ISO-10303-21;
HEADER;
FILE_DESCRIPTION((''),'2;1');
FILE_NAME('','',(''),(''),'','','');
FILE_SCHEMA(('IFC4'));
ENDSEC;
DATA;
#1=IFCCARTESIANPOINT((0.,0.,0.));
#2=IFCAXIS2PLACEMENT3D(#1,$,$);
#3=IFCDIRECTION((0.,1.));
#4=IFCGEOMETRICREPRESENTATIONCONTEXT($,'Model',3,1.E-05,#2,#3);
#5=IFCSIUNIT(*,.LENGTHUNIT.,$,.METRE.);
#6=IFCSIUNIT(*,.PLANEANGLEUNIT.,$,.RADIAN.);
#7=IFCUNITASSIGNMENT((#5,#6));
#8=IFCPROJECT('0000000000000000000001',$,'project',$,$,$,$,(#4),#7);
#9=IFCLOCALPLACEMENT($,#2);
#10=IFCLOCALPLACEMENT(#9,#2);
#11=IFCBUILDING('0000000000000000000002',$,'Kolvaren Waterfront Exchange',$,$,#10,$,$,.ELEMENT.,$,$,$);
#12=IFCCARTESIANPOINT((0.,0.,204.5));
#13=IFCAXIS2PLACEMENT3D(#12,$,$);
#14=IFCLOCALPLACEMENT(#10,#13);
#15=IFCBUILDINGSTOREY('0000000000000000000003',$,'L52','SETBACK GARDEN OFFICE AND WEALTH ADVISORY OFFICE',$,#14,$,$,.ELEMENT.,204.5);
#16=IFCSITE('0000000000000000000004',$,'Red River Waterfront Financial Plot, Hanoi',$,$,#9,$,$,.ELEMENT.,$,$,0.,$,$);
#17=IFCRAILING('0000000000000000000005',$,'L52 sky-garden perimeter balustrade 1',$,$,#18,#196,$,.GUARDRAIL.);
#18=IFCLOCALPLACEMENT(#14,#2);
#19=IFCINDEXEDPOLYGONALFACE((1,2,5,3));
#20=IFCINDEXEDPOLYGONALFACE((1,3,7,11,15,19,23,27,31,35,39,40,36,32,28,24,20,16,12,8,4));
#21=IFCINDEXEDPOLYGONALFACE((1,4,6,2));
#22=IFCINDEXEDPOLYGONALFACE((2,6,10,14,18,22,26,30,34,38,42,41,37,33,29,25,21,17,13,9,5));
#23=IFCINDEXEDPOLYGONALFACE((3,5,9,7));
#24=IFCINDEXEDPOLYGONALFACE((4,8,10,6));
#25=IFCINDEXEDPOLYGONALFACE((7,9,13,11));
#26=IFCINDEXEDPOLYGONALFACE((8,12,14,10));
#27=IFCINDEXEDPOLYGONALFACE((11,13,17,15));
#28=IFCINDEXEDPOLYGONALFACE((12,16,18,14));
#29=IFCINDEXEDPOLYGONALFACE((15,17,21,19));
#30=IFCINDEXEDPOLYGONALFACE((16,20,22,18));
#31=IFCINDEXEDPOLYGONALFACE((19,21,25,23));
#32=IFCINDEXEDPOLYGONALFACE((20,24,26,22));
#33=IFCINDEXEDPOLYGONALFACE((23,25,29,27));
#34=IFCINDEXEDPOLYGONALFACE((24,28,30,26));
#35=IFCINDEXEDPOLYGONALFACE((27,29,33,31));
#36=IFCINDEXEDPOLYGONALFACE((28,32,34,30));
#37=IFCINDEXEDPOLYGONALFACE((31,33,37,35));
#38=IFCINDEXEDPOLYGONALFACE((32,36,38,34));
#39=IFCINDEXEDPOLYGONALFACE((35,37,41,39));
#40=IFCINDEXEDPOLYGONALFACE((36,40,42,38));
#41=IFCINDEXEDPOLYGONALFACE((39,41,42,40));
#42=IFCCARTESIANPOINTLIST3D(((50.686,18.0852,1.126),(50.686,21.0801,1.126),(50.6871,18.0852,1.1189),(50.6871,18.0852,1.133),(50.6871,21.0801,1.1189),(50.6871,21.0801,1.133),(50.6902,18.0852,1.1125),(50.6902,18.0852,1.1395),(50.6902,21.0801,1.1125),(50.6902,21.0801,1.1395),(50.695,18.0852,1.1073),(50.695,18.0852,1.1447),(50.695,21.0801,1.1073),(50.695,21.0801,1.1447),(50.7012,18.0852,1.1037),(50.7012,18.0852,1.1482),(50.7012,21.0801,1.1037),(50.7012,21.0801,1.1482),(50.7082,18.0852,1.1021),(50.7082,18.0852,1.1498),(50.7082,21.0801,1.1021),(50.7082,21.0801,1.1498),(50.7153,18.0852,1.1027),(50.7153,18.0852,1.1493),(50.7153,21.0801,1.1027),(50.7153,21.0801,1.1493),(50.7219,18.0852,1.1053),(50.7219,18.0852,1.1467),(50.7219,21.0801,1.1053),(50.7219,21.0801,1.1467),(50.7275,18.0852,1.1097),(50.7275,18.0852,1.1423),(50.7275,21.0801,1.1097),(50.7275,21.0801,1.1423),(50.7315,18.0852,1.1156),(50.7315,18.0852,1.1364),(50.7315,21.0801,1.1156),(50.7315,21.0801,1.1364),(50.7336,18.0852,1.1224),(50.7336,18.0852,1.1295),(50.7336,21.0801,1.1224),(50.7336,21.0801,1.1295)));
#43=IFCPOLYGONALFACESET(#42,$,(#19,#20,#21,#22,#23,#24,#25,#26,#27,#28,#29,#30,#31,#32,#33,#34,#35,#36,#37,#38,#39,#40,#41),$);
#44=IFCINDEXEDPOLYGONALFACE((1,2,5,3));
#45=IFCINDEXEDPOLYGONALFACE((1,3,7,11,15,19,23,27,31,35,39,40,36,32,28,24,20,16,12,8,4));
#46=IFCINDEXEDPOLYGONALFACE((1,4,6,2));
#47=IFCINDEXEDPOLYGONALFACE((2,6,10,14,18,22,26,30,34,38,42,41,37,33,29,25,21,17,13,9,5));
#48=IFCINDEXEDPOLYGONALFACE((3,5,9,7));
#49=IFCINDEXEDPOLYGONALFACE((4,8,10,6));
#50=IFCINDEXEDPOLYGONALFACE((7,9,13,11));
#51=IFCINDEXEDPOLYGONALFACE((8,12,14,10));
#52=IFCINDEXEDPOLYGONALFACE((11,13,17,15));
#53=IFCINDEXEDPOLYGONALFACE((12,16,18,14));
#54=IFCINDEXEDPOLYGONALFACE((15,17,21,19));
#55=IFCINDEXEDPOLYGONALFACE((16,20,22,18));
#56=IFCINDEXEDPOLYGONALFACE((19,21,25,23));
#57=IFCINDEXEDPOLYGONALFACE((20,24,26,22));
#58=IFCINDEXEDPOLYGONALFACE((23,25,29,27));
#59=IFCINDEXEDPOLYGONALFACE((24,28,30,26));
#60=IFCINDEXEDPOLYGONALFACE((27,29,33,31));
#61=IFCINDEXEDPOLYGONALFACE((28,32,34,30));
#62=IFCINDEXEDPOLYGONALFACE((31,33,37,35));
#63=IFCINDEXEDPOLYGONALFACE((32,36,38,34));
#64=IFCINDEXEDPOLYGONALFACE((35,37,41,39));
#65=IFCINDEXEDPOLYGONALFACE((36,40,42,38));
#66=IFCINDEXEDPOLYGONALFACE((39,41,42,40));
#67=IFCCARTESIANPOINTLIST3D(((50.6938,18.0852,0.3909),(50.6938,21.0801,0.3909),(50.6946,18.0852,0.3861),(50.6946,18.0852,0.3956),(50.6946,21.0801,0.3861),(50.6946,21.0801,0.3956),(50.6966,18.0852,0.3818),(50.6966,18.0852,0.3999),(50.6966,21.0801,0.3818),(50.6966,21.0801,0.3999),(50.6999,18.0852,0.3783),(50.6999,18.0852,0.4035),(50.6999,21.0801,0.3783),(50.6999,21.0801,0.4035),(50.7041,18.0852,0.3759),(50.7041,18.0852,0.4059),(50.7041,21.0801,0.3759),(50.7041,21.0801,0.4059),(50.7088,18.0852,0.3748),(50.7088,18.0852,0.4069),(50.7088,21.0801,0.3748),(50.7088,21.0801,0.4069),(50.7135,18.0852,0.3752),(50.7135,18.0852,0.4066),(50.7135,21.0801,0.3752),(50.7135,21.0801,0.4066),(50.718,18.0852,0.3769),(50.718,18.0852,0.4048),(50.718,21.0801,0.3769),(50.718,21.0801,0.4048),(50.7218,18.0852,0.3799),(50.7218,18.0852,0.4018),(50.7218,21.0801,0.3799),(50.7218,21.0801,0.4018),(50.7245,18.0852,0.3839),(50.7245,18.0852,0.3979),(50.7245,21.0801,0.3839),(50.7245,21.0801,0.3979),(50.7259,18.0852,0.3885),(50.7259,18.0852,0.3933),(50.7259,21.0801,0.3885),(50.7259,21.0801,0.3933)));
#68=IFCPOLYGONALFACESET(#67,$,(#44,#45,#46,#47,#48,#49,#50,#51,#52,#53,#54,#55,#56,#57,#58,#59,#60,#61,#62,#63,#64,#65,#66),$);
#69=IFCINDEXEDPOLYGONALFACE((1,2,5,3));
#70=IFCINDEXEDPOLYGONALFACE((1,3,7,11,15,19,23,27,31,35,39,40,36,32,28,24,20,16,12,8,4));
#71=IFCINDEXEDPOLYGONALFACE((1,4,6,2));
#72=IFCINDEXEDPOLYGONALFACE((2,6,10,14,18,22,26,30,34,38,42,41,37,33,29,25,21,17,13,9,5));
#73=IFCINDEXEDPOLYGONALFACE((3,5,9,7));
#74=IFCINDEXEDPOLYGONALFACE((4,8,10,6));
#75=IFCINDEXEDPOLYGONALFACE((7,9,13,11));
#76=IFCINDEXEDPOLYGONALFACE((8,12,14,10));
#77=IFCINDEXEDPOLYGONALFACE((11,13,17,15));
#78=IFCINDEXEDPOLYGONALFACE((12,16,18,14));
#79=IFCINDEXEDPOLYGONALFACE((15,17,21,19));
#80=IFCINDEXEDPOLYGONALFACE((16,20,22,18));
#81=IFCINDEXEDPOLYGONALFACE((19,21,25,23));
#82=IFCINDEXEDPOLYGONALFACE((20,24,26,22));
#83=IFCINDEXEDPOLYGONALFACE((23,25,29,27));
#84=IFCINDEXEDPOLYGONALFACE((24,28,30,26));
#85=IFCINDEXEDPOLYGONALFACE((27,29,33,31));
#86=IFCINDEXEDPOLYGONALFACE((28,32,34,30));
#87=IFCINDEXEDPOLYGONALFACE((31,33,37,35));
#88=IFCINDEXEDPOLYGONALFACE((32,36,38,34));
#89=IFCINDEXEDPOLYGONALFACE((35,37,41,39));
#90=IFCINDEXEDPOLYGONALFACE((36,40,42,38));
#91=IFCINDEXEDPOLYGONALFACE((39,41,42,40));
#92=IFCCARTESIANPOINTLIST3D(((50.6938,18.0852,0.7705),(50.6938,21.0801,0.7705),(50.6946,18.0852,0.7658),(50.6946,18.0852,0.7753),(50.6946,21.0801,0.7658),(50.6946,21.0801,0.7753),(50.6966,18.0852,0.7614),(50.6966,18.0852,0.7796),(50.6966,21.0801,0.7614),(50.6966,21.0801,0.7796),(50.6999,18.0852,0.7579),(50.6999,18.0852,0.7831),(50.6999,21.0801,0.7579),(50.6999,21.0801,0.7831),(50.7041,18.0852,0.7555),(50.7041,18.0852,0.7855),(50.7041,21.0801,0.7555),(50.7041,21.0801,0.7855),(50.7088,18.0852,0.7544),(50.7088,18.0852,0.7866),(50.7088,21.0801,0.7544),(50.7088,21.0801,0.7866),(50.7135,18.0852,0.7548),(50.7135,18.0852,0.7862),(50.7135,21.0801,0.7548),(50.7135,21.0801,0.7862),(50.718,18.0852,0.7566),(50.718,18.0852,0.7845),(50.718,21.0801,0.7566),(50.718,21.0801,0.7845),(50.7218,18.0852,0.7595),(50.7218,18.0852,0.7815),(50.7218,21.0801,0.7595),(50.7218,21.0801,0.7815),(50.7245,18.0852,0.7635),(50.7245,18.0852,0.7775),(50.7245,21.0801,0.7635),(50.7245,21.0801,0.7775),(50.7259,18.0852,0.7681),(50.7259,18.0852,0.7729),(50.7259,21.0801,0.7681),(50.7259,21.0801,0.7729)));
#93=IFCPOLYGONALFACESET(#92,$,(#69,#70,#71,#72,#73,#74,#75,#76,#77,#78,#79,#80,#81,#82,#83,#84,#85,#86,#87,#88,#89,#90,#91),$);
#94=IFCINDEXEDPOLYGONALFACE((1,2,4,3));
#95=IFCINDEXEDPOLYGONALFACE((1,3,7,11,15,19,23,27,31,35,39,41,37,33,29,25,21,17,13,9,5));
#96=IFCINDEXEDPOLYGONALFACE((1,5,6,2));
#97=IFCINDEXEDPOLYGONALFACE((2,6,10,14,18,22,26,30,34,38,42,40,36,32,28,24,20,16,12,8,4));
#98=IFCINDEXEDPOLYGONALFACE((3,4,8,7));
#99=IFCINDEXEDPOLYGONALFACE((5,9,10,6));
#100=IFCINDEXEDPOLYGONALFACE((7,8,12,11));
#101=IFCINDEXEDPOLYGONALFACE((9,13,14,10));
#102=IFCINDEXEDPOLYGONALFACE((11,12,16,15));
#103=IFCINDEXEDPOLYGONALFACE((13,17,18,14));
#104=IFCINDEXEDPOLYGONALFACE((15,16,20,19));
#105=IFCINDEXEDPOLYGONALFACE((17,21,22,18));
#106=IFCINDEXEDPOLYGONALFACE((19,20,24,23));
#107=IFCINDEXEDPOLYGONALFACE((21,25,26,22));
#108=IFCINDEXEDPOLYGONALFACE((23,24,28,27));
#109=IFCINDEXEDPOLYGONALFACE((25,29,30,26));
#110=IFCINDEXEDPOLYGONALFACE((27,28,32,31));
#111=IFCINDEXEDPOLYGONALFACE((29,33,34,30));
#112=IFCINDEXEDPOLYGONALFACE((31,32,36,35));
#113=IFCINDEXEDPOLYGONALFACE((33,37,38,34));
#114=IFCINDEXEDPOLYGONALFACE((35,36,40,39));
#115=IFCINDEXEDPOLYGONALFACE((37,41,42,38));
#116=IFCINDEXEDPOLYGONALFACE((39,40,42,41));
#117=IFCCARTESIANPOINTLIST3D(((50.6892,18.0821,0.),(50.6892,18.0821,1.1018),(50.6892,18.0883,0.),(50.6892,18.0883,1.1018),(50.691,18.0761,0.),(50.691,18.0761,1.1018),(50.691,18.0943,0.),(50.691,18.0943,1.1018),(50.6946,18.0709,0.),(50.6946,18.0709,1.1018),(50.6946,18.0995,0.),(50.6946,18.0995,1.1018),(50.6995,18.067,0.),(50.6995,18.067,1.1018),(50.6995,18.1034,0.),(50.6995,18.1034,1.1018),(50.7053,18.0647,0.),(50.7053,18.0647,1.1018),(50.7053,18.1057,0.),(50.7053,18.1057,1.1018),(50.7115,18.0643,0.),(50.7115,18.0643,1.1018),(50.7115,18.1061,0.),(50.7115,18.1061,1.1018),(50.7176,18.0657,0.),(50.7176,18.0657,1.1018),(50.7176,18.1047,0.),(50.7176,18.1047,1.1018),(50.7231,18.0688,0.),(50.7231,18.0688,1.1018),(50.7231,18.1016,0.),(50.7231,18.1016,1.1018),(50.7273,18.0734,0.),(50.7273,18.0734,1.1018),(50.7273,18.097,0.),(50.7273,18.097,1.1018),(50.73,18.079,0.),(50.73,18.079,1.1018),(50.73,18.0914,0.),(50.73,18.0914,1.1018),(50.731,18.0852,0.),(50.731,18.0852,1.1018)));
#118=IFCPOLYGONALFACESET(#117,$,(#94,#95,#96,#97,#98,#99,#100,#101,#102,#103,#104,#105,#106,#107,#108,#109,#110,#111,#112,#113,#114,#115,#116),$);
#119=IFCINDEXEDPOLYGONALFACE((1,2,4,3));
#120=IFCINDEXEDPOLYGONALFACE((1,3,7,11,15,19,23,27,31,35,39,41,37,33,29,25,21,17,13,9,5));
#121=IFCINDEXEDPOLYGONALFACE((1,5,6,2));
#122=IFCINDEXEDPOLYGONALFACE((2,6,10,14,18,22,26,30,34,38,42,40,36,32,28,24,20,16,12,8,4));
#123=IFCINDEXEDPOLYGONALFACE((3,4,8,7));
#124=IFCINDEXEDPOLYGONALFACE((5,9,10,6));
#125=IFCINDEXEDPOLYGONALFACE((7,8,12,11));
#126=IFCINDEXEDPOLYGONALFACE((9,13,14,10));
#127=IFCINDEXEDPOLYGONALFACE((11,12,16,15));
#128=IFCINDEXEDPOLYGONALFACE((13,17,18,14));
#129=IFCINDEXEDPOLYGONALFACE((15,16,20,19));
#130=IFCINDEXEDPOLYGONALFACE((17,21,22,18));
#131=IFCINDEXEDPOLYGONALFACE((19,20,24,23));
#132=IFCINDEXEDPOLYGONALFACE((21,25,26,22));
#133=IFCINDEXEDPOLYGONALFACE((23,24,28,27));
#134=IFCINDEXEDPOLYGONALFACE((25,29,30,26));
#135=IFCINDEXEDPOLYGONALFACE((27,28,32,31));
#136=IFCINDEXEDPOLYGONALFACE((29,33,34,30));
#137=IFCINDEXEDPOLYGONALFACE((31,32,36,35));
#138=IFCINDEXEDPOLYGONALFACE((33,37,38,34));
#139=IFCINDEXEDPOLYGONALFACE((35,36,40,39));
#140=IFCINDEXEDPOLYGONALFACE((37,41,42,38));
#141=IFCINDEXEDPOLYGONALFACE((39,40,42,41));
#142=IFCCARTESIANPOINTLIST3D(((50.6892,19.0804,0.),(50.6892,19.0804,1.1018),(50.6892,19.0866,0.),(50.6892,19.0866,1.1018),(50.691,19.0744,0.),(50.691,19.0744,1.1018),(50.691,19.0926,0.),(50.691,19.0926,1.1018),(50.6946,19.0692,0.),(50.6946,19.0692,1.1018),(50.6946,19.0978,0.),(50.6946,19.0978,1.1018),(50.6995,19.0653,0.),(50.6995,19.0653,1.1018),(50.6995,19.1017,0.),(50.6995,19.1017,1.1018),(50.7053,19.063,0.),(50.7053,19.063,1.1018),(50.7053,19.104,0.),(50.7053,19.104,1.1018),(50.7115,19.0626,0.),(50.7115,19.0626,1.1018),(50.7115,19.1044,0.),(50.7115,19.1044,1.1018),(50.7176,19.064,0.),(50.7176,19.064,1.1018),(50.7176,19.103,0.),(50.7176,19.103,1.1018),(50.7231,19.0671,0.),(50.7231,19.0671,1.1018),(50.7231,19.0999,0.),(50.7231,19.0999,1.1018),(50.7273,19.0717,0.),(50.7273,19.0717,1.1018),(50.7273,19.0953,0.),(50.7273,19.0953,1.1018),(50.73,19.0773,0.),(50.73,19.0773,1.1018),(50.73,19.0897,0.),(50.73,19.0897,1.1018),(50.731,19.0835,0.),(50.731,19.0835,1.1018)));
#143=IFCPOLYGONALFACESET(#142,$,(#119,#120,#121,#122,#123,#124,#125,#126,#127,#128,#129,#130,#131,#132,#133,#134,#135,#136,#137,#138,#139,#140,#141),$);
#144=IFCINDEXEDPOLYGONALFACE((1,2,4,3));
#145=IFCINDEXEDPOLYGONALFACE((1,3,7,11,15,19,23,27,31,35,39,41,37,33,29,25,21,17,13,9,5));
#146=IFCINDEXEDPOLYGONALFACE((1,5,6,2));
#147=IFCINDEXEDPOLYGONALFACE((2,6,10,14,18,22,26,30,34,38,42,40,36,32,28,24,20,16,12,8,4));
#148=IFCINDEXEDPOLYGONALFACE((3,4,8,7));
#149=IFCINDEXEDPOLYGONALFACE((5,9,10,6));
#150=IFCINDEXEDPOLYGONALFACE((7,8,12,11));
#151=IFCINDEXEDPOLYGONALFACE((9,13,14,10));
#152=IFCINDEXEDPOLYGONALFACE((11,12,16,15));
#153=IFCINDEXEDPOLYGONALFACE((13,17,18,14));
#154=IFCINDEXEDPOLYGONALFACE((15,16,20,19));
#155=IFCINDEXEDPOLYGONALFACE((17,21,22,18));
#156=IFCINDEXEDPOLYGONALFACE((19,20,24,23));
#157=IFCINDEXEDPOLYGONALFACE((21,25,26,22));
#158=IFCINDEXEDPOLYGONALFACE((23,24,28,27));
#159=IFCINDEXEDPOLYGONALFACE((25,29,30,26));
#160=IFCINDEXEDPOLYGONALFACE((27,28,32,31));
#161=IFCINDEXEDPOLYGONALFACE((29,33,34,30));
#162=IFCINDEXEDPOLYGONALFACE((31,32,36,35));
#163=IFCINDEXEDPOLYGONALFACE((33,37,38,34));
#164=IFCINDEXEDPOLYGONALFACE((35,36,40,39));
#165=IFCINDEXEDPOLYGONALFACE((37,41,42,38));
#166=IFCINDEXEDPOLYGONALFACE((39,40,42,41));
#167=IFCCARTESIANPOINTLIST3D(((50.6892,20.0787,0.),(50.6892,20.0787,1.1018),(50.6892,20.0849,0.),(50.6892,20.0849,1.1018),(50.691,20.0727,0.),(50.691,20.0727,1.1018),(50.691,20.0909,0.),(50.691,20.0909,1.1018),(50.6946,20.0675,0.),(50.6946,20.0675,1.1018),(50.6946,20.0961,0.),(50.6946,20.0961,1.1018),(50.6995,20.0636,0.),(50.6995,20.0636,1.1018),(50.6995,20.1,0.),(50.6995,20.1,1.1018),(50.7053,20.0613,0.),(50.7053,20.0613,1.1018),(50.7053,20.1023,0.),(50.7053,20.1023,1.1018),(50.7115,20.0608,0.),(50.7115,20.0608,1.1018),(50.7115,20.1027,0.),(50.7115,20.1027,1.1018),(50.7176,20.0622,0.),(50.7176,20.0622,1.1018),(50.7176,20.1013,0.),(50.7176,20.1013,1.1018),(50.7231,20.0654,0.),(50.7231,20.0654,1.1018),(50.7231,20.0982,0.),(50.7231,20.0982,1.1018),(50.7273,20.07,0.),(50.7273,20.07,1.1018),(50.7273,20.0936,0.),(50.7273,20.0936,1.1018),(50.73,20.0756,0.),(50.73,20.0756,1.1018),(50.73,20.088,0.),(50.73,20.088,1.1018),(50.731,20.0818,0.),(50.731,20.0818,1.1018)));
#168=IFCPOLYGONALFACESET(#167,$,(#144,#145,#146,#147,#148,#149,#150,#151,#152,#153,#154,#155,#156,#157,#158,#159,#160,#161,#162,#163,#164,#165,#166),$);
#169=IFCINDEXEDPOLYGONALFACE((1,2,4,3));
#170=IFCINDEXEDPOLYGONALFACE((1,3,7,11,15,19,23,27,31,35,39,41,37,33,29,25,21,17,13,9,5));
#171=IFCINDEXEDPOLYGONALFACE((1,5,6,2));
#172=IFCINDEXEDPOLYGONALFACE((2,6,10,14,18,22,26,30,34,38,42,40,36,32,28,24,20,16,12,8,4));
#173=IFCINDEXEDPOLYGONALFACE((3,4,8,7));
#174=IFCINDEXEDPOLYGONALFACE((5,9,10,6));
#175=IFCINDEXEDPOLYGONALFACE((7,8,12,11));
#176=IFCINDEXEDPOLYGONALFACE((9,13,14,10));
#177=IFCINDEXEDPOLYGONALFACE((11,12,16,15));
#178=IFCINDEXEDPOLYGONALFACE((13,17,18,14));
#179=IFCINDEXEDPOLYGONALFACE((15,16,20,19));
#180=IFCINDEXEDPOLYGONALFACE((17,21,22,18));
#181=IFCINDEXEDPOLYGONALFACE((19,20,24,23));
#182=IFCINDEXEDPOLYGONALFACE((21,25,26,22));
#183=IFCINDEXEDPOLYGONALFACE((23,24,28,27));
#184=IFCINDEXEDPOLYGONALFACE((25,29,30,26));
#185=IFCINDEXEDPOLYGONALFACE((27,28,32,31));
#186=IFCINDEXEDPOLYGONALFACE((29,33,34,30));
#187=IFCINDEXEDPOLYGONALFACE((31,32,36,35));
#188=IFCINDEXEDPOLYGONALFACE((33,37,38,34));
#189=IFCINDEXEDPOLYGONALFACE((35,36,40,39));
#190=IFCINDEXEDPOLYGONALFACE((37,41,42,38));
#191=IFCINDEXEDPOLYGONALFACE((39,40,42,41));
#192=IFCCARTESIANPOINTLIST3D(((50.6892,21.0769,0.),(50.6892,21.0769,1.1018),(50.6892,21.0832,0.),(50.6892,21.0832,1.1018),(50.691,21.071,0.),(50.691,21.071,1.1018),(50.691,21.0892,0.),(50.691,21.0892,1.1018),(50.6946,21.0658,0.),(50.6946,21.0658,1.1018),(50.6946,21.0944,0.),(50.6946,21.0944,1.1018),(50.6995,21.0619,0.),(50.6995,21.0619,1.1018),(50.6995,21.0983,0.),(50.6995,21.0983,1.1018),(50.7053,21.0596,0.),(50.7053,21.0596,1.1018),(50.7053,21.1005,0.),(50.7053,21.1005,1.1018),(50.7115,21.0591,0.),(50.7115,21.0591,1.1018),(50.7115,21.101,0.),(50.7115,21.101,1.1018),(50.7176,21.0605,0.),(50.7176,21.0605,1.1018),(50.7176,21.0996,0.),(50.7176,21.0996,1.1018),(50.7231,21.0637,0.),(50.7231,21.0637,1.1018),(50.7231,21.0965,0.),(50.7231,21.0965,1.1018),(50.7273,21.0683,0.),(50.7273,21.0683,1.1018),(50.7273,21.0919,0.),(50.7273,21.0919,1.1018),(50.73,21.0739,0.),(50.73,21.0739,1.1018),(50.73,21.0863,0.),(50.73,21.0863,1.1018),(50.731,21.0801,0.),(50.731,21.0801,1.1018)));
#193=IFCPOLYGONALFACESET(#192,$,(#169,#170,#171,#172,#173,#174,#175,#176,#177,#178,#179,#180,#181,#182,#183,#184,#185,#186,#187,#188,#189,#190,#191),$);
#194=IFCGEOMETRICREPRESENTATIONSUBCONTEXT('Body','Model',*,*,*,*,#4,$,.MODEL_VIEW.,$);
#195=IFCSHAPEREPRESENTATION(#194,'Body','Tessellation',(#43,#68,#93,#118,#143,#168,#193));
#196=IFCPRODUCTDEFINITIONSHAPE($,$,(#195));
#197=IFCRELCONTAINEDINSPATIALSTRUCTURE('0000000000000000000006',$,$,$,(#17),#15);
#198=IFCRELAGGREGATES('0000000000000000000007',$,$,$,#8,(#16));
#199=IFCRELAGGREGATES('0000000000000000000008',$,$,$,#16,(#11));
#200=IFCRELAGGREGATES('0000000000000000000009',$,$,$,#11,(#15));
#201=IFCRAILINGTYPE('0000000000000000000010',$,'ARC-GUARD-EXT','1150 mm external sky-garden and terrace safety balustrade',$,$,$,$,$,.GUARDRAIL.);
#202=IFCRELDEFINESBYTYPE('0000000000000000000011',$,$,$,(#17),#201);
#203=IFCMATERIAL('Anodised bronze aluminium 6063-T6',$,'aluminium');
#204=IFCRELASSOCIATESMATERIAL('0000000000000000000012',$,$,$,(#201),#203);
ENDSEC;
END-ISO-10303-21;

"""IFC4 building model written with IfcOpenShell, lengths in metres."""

from ifc_helpers import new_model, si_unit, direction, frame, origin, origin_2d, place, context, subcontext, project, spatial, circle, extrude, material, type_object, element, save


model = new_model("IFC4")

# Units and contexts
model_context = context("Model", 3, precision=1e-05, world=origin(), true_north=direction((0.0, 1.0)))
body_context = subcontext(model_context, "Body", "Model", "MODEL_VIEW")
ifc_project = project(units=[si_unit("LENGTHUNIT", "METRE"), si_unit("PLANEANGLEUNIT", "RADIAN")], contexts=[model_context])

# Site, building, storey
site_placement = place(None, origin())
site = spatial("IfcSite", under=ifc_project, at=site_placement, Name="Red River Waterfront Financial Plot, Hanoi", CompositionType="ELEMENT", RefElevation=0.0)
building_placement = place(site_placement, origin())
building = spatial("IfcBuilding", under=site, at=building_placement, Name="Kolvaren Waterfront Exchange", CompositionType="ELEMENT")
storey_placement = place(building_placement, frame((0.0, 0.0, 204.5)))
storey = spatial("IfcBuildingStorey", under=building, at=storey_placement, Name="L52", Description="SETBACK GARDEN OFFICE AND WEALTH ADVISORY OFFICE", CompositionType="ELEMENT", Elevation=204.5)

# Shared definitions
ifc_material_1 = material(Name="Anodised bronze aluminium 6063-T6", Category="aluminium")

# Railing
railing_type = type_object("IfcRailingType", Name="ARC-GUARD-EXT", Description="1150 mm external sky-garden and terrace safety balustrade", PredefinedType="GUARDRAIL", material=ifc_material_1)
railing_1_placement = place(storey_placement, frame((50.71, 18.0852, 0.0)))
element("IfcRailing", 1, at=railing_1_placement, inside=storey, type_object=railing_type, Name="L52 sky-garden perimeter balustrade 1", PredefinedType="GUARDRAIL", context=body_context, shape_type="SweptSolid", body=[
    extrude(circle(Radius=0.0239, at=origin_2d()), frame((0.0, 0.0, 1.126), z_axis=(0.0, 1.0, 0.0), x_axis=(-1.0, 0.0, 0.0)), (0.0, 0.0, 1.0), 2.9949),
    extrude(circle(Radius=0.0161, at=origin_2d()), frame((0.0, 0.0, 0.3909), z_axis=(0.0, 1.0, 0.0), x_axis=(-1.0, 0.0, 0.0)), (0.0, 0.0, 1.0), 2.9949),
    extrude(circle(Radius=0.0161, at=origin_2d()), frame((0.0, 0.0, 0.7705), z_axis=(0.0, 1.0, 0.0), x_axis=(-1.0, 0.0, 0.0)), (0.0, 0.0, 1.0), 2.9949),
    extrude(circle(Radius=0.021, at=origin_2d()), origin(), (0.0, 0.0, 1.0), 1.1018),
    extrude(circle(Radius=0.021, at=origin_2d()), frame((0.0, 0.9983, 0.0)), (0.0, 0.0, 1.0), 1.1018),
    extrude(circle(Radius=0.021, at=origin_2d()), frame((0.0, 1.9966, 0.0)), (0.0, 0.0, 1.0), 1.1018),
    extrude(circle(Radius=0.021, at=origin_2d()), frame((0.0, 2.9949, 0.0)), (0.0, 0.0, 1.0), 1.1018),
])

save(model, "model.ifc")
